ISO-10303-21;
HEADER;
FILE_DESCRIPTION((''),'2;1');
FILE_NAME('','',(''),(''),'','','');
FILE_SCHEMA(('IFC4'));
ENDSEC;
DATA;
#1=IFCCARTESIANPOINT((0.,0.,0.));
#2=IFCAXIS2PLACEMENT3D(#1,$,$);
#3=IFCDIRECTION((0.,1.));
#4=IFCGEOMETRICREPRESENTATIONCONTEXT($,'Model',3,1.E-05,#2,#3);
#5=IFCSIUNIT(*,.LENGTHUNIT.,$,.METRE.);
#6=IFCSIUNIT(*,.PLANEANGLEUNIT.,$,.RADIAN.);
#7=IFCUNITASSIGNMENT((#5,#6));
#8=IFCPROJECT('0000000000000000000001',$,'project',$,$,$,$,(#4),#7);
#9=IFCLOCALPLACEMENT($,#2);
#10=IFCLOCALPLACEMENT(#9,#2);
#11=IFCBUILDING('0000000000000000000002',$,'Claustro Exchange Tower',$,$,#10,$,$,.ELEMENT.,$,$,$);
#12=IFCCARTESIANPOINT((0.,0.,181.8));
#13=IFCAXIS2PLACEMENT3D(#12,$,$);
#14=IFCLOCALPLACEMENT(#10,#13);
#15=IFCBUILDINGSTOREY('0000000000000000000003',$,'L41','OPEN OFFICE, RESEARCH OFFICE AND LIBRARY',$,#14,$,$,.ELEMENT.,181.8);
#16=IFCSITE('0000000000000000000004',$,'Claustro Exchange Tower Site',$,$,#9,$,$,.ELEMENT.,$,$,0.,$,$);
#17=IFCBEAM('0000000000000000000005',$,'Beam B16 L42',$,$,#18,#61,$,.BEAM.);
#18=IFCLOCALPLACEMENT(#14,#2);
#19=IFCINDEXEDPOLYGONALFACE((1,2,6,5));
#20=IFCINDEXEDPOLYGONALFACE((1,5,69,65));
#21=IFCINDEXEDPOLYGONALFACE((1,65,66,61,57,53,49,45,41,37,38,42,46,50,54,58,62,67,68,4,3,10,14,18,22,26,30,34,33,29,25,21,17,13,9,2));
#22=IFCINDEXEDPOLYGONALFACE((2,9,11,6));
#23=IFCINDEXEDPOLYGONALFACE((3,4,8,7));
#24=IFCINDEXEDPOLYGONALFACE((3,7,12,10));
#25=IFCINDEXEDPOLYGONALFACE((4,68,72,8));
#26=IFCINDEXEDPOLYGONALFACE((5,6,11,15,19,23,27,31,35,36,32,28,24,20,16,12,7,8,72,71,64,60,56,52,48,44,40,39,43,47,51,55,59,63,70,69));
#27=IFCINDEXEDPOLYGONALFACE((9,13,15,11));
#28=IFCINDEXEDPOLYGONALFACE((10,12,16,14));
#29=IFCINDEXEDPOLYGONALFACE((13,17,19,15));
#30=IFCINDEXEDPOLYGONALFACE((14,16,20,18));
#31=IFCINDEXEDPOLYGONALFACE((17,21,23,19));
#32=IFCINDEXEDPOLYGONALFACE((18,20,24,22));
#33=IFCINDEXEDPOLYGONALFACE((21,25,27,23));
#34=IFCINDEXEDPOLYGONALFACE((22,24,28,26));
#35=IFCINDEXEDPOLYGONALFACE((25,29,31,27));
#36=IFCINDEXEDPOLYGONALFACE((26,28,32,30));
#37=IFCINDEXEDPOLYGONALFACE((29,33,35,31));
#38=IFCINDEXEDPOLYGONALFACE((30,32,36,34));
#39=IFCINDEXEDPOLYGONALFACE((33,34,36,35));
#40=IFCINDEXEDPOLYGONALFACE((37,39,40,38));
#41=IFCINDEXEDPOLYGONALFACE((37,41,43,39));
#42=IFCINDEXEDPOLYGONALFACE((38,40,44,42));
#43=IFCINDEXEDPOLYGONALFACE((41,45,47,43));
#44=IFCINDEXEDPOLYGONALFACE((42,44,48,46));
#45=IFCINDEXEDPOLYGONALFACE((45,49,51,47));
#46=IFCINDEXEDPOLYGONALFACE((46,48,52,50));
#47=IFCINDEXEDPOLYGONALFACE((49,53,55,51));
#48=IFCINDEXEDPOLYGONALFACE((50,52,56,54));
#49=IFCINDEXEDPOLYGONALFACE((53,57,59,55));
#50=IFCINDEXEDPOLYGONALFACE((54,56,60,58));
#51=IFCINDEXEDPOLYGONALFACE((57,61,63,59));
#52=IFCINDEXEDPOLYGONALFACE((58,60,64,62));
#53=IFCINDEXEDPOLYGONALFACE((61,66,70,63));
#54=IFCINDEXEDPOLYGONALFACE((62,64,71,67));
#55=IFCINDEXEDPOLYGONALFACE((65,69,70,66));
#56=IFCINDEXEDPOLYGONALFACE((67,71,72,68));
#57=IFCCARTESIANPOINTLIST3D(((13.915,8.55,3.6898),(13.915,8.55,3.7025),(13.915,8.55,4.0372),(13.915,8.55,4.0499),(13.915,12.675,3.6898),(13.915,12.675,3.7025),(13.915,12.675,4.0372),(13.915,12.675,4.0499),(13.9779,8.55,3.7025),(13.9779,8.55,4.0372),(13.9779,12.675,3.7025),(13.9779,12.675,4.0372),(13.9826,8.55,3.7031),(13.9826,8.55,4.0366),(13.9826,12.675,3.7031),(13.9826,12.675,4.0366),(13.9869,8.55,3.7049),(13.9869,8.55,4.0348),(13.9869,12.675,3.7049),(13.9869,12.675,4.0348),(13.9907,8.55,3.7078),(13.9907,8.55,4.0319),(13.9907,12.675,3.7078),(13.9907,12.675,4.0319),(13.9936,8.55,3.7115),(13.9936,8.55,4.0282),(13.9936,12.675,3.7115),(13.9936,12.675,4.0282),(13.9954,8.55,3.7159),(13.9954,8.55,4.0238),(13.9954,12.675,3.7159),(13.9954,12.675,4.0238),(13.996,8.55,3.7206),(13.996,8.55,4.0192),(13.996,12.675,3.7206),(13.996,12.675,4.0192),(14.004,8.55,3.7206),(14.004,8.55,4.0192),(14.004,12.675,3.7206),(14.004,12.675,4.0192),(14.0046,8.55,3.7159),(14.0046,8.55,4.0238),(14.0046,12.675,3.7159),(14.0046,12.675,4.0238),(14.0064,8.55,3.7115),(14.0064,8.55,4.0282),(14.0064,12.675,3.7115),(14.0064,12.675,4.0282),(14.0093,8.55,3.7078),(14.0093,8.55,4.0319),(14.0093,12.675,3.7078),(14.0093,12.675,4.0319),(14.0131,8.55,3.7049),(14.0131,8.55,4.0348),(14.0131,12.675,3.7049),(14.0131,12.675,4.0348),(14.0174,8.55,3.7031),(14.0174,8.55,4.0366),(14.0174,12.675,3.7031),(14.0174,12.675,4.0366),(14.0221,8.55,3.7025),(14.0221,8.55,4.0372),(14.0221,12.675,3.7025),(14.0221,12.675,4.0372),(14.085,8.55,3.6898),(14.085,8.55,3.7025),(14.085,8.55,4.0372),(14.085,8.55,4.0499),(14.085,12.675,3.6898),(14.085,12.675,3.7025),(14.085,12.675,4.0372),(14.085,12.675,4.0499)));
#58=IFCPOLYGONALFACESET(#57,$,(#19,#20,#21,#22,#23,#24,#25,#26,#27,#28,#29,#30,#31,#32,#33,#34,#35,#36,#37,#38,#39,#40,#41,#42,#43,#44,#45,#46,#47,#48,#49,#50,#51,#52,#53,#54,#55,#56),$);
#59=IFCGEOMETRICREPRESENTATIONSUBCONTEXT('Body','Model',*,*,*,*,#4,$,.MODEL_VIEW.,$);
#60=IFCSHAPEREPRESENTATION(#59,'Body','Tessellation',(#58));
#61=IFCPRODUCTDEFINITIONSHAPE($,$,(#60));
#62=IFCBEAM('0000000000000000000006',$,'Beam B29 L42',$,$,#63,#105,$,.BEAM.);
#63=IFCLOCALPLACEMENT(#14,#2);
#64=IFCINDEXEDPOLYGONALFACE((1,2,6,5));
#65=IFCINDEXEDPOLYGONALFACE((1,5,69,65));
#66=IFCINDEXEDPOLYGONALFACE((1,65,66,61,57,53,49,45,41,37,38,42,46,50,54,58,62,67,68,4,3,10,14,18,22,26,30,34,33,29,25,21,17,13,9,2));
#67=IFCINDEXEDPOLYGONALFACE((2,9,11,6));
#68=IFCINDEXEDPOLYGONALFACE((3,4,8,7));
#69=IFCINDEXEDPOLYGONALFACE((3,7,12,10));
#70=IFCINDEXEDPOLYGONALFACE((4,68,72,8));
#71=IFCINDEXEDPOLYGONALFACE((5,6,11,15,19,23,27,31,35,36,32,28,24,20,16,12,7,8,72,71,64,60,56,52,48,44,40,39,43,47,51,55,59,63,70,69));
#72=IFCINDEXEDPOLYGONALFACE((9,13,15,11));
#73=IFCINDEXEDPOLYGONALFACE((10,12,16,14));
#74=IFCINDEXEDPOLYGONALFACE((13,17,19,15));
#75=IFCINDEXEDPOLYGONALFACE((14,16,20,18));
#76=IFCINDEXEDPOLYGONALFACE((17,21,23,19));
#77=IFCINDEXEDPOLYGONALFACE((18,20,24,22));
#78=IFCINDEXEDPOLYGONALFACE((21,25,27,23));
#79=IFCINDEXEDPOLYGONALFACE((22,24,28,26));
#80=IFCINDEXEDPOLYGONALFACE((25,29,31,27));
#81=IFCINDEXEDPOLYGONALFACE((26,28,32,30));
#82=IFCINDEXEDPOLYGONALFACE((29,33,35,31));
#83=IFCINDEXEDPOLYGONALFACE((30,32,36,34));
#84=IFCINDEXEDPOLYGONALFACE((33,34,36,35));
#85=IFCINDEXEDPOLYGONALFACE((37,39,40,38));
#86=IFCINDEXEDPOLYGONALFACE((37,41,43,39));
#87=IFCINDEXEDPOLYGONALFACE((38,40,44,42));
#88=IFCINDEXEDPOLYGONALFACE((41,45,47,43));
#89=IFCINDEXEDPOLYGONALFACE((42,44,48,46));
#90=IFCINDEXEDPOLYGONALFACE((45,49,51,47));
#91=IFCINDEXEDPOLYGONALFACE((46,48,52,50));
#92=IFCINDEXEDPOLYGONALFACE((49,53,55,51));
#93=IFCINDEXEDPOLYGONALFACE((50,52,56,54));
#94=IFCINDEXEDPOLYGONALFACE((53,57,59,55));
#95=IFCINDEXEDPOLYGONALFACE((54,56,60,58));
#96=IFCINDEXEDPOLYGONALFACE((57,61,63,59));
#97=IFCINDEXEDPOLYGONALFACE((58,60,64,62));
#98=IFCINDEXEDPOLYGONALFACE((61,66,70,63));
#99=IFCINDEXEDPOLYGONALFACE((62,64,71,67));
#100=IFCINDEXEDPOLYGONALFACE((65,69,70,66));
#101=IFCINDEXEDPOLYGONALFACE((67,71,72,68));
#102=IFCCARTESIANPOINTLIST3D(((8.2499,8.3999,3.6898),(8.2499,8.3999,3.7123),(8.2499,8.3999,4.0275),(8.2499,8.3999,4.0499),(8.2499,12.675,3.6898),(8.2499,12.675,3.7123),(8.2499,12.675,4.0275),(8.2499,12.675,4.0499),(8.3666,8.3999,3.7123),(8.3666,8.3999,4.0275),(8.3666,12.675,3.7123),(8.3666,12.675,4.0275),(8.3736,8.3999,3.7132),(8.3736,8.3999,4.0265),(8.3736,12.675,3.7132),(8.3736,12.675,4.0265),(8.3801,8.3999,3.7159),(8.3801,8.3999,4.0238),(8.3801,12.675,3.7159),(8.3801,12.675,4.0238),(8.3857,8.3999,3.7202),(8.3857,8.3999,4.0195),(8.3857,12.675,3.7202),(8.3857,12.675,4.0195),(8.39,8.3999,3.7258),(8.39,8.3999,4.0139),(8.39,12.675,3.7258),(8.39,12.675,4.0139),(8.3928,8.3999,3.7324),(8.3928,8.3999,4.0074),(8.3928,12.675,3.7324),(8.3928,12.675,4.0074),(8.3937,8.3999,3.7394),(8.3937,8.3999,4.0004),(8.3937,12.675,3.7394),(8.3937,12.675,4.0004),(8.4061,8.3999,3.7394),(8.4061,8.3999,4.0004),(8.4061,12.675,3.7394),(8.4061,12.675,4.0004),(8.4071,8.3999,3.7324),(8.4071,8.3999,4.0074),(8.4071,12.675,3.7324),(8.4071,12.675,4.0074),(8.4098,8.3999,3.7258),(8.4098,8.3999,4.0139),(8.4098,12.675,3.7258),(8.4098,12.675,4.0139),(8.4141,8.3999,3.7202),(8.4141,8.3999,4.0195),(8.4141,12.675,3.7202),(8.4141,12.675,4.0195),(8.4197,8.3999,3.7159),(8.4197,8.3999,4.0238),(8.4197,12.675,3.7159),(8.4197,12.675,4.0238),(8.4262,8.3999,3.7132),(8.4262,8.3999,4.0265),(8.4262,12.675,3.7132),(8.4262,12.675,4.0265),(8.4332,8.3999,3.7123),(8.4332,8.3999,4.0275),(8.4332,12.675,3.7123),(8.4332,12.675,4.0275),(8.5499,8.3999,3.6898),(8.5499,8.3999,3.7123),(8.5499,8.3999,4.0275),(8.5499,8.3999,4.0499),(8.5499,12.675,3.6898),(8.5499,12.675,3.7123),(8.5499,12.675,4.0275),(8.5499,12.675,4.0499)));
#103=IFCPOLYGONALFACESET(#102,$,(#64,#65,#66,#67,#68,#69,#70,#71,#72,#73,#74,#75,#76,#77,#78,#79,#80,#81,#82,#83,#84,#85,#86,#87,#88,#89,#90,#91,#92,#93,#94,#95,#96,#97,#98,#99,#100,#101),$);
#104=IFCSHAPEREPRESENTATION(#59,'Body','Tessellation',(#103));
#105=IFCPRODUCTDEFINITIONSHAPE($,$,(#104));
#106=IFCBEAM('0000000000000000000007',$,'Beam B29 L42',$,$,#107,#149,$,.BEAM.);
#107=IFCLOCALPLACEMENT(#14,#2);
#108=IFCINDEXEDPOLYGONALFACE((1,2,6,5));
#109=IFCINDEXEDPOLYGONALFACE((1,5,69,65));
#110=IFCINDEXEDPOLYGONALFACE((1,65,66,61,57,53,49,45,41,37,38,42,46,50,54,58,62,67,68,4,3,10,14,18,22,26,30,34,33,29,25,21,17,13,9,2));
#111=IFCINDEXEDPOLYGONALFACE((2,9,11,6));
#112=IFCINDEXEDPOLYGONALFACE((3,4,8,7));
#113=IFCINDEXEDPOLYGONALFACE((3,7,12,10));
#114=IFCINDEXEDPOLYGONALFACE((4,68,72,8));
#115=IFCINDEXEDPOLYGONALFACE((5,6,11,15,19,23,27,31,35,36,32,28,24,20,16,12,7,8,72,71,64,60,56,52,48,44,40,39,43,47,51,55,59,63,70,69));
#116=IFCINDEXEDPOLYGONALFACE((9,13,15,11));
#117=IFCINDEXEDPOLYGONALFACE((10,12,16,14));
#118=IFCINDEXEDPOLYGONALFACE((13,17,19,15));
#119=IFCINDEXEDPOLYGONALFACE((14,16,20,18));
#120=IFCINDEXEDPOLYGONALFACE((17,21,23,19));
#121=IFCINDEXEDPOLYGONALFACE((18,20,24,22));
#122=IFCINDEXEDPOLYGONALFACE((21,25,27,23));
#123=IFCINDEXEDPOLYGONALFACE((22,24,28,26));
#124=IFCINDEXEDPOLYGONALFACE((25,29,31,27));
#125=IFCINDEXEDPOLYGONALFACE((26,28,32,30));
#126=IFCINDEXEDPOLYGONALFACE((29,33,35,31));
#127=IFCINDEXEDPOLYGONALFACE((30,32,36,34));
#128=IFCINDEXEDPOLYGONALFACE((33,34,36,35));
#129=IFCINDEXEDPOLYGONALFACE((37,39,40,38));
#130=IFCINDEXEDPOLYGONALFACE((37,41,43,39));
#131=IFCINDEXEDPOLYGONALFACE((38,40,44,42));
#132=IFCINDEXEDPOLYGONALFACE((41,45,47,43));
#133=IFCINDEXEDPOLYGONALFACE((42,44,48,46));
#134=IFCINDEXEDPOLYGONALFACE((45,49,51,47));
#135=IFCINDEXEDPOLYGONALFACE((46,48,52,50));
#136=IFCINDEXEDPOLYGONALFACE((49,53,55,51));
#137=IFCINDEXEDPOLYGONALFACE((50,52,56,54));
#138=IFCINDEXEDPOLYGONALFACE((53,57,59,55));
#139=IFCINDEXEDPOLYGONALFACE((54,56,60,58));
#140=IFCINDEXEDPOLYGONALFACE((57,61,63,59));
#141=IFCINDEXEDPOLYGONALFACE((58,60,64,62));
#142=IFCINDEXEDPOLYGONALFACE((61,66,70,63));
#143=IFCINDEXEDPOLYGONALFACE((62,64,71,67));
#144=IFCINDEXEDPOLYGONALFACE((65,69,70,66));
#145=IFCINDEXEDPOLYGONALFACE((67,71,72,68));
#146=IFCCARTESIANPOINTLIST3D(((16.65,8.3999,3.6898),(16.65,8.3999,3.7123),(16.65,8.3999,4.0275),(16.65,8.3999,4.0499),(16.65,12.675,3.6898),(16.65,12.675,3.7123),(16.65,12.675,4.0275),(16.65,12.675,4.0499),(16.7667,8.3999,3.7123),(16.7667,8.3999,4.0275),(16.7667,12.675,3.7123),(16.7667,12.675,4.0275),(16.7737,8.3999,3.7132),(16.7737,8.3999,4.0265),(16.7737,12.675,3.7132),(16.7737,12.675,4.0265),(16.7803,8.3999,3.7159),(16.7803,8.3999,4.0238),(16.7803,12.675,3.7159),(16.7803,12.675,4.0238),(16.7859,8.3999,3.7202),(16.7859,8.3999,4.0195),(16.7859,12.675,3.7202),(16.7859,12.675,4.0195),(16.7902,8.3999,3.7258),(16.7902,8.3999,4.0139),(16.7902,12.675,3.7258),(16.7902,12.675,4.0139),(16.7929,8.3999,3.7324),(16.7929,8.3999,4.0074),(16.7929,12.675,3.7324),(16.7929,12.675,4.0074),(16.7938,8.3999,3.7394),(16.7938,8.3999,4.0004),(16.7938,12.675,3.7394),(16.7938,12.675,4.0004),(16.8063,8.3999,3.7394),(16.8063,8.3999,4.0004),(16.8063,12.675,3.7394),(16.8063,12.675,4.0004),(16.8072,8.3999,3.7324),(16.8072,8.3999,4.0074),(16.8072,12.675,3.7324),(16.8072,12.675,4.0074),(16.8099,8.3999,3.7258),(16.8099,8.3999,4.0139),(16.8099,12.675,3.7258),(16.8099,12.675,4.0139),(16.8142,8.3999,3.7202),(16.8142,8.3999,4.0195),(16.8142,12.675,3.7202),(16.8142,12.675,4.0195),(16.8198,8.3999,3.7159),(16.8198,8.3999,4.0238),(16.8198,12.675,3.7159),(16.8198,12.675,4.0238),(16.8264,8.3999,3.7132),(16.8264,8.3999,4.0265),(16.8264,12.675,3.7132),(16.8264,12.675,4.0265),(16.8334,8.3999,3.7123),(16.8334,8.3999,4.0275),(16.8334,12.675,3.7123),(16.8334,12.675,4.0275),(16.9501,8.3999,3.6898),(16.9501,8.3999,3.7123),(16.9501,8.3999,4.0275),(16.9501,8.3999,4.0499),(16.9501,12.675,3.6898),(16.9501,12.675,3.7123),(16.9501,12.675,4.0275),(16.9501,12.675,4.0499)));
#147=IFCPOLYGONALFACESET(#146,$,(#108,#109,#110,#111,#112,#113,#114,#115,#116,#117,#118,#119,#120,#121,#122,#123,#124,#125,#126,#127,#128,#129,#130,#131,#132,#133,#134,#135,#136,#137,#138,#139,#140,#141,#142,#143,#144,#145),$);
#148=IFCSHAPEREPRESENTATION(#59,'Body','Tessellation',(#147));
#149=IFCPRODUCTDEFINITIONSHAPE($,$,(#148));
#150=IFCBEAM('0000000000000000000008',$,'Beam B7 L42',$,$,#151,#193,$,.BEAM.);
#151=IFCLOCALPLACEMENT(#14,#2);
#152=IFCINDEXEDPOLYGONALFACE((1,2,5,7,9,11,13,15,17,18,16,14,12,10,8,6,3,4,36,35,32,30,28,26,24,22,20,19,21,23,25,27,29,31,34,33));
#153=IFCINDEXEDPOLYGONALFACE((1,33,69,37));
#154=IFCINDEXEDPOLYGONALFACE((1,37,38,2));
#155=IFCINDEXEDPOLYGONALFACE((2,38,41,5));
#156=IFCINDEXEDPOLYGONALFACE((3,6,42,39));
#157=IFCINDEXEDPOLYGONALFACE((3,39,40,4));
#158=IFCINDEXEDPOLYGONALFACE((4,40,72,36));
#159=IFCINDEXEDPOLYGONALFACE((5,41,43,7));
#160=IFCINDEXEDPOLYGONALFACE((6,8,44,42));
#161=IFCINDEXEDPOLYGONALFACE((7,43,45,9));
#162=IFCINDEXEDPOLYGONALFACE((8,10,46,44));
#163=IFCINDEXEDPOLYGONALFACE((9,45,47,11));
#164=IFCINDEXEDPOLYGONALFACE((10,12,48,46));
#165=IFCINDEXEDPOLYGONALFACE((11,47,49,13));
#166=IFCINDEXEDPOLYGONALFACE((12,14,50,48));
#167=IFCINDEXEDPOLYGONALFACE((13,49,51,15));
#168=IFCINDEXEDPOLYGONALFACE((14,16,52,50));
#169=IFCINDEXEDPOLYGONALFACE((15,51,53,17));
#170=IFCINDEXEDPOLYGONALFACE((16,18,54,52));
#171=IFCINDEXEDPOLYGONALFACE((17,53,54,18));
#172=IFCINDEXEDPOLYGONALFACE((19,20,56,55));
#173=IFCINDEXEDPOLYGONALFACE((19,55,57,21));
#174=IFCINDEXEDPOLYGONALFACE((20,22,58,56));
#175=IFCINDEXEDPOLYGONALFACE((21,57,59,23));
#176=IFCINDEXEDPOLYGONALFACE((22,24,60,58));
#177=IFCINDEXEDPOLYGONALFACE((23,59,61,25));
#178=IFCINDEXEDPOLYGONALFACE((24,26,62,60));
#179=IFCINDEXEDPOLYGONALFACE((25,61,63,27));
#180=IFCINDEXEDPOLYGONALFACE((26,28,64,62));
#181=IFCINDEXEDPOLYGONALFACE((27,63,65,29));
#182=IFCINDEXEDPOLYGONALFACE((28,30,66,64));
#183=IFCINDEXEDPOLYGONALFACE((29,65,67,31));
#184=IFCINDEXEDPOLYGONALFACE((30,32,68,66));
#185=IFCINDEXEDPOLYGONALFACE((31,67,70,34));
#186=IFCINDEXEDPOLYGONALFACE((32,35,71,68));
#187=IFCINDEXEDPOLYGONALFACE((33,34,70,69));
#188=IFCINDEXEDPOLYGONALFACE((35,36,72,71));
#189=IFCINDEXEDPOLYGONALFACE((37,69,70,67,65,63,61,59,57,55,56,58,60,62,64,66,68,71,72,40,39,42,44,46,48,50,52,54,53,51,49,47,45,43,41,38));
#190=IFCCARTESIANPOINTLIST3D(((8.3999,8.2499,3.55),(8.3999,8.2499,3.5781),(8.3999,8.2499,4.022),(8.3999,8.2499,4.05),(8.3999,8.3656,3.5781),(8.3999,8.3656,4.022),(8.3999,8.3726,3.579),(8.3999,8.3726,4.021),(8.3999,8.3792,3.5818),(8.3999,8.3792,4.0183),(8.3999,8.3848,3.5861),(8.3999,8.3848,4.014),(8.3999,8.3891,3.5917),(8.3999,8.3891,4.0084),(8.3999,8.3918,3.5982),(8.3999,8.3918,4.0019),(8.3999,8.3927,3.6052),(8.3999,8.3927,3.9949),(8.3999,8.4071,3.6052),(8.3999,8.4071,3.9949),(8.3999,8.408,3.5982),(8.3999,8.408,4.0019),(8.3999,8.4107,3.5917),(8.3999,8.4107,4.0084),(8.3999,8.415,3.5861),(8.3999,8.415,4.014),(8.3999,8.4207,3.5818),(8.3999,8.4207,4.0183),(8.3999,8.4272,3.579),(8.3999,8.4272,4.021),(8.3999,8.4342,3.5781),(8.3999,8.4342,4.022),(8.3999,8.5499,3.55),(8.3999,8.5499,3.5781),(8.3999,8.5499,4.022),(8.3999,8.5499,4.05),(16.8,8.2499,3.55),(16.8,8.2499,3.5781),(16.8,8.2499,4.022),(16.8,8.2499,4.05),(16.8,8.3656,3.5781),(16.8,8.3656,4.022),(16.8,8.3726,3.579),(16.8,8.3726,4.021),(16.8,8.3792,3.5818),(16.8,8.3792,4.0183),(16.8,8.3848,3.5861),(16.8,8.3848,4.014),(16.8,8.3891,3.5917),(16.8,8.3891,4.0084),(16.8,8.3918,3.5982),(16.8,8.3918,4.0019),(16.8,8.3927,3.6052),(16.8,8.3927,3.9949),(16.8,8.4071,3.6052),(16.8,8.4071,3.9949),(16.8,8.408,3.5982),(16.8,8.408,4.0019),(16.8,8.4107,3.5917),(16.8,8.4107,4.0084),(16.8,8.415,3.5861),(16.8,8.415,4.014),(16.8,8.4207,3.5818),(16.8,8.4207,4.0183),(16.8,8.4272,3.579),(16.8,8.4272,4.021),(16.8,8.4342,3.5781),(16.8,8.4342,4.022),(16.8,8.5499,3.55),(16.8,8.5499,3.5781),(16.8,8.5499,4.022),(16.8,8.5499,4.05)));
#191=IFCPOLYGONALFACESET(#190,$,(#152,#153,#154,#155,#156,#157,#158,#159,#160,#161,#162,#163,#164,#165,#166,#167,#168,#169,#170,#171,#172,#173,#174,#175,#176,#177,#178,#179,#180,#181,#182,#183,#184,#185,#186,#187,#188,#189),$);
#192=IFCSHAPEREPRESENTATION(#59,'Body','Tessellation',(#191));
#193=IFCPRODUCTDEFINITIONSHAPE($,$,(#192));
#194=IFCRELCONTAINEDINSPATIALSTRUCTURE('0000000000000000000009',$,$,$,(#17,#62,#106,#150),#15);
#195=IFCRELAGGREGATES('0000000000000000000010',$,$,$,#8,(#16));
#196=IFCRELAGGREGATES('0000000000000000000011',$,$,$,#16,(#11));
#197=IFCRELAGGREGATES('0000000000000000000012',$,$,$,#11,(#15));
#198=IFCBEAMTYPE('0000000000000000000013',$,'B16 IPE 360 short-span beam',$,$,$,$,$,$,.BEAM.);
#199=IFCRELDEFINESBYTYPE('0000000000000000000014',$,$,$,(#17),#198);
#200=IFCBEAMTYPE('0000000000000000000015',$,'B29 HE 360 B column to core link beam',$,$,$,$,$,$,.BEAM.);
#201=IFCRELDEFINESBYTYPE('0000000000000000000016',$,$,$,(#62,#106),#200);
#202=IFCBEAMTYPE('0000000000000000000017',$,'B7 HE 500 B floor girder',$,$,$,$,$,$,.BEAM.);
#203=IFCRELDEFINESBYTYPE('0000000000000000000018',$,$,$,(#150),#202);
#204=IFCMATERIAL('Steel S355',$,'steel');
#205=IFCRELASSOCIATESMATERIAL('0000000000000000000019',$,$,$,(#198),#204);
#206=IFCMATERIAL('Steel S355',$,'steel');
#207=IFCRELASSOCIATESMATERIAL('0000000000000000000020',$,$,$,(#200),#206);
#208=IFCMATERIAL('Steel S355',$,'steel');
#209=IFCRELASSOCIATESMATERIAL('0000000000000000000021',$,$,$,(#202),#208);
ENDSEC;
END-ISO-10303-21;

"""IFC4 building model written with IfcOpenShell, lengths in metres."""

from ifc_helpers import new_model, si_unit, direction, frame, origin, origin_2d, place, context, subcontext, project, spatial, i_section, extrude, material, material_profile, profile_set, type_object, element, save


model = new_model("IFC4")

# Units and contexts
model_context = context("Model", 3, precision=1e-05, world=origin(), true_north=direction((0.0, 1.0)))
body_context = subcontext(model_context, "Body", "Model", "MODEL_VIEW")
ifc_project = project(units=[si_unit("LENGTHUNIT", "METRE"), si_unit("PLANEANGLEUNIT", "RADIAN")], contexts=[model_context])

# Site, building, storey
site_placement = place(None, origin())
site = spatial("IfcSite", under=ifc_project, at=site_placement, Name="Claustro Exchange Tower Site", CompositionType="ELEMENT", RefElevation=0.0)
building_placement = place(site_placement, origin())
building = spatial("IfcBuilding", under=site, at=building_placement, Name="Claustro Exchange Tower", CompositionType="ELEMENT")
storey_placement = place(building_placement, frame((0.0, 0.0, 181.8)))
storey = spatial("IfcBuildingStorey", under=building, at=storey_placement, Name="L41", Description="OPEN OFFICE, RESEARCH OFFICE AND LIBRARY", CompositionType="ELEMENT", Elevation=181.8)

# Beams
ifc_material_1 = material(Name="Steel S355", Category="steel")
ifc_material_profile_1 = material_profile(ifc_material_1, i_section(OverallWidth=0.1699, OverallDepth=0.3601, WebThickness=0.0081, FlangeThickness=0.0127, FilletRadius=0.0181, at=origin_2d()), Name="IPE 360")
ifc_profile_set_1 = profile_set([ifc_material_profile_1], Name="Steel S355")
beam_type_1 = type_object("IfcBeamType", Name="B16 IPE 360 short-span beam", PredefinedType="BEAM", material=ifc_profile_set_1)
for number, where, z_axis, x_axis, name in (
    (1, (14.0, 8.55, 3.8699), (0.0, 1.0, 0.0), (-1.0, 0.0, 0.0), "Beam B16 L42"),
):
    element("IfcBeam", number, at=place(storey_placement, frame(where, z_axis=z_axis, x_axis=x_axis)), inside=storey, type_object=beam_type_1, Name=name, PredefinedType="BEAM", context=body_context, shape_type="SweptSolid", body=[
        extrude(i_section(OverallWidth=0.1699, OverallDepth=0.3601, WebThickness=0.0081, FlangeThickness=0.0127, FilletRadius=0.0181, at=origin_2d()), origin(), (0.0, 0.0, 1.0), 4.125),
    ])
ifc_material_2 = material(Name="Steel S355", Category="steel")
ifc_material_profile_2 = material_profile(ifc_material_2, i_section(OverallWidth=0.3, OverallDepth=0.3601, WebThickness=0.0125, FlangeThickness=0.0225, FilletRadius=0.0271, at=origin_2d()), Name="HE 360 B")
ifc_profile_set_2 = profile_set([ifc_material_profile_2], Name="Steel S355")
beam_type_2 = type_object("IfcBeamType", Name="B29 HE 360 B column to core link beam", PredefinedType="BEAM", material=ifc_profile_set_2)
for number, where, z_axis, x_axis, name in (
    (2, (8.3999, 8.3999, 3.8699), (0.0, 1.0, 0.0), (-1.0, 0.0, 0.0), "Beam B29 L42"),
    (3, (16.8, 8.3999, 3.8699), (0.0, 1.0, 0.0), (-1.0, 0.0, 0.0), "Beam B29 L42"),
):
    element("IfcBeam", number, at=place(storey_placement, frame(where, z_axis=z_axis, x_axis=x_axis)), inside=storey, type_object=beam_type_2, Name=name, PredefinedType="BEAM", context=body_context, shape_type="SweptSolid", body=[
        extrude(i_section(OverallWidth=0.3, OverallDepth=0.3601, WebThickness=0.0125, FlangeThickness=0.0225, FilletRadius=0.0271, at=origin_2d()), origin(), (0.0, 0.0, 1.0), 4.2751),
    ])
ifc_material_3 = material(Name="Steel S355", Category="steel")
ifc_material_profile_3 = material_profile(ifc_material_3, i_section(OverallWidth=0.3, OverallDepth=0.5, WebThickness=0.0144, FlangeThickness=0.0281, FilletRadius=0.0271, at=origin_2d()), Name="HE 500 B")
ifc_profile_set_3 = profile_set([ifc_material_profile_3], Name="Steel S355")
beam_type_3 = type_object("IfcBeamType", Name="B7 HE 500 B floor girder", PredefinedType="BEAM", material=ifc_profile_set_3)
beam_1_placement = place(storey_placement, frame((8.3999, 8.3999, 3.8), z_axis=(1.0, 0.0, 0.0), x_axis=(0.0, 1.0, 0.0)))
element("IfcBeam", 4, at=beam_1_placement, inside=storey, type_object=beam_type_3, Name="Beam B7 L42", PredefinedType="BEAM", context=body_context, shape_type="SweptSolid", body=[
    extrude(i_section(OverallWidth=0.3, OverallDepth=0.5, WebThickness=0.0144, FlangeThickness=0.0281, FilletRadius=0.0271, at=origin_2d()), origin(), (0.0, 0.0, 1.0), 8.4001),
])

save(model, "model.ifc")
